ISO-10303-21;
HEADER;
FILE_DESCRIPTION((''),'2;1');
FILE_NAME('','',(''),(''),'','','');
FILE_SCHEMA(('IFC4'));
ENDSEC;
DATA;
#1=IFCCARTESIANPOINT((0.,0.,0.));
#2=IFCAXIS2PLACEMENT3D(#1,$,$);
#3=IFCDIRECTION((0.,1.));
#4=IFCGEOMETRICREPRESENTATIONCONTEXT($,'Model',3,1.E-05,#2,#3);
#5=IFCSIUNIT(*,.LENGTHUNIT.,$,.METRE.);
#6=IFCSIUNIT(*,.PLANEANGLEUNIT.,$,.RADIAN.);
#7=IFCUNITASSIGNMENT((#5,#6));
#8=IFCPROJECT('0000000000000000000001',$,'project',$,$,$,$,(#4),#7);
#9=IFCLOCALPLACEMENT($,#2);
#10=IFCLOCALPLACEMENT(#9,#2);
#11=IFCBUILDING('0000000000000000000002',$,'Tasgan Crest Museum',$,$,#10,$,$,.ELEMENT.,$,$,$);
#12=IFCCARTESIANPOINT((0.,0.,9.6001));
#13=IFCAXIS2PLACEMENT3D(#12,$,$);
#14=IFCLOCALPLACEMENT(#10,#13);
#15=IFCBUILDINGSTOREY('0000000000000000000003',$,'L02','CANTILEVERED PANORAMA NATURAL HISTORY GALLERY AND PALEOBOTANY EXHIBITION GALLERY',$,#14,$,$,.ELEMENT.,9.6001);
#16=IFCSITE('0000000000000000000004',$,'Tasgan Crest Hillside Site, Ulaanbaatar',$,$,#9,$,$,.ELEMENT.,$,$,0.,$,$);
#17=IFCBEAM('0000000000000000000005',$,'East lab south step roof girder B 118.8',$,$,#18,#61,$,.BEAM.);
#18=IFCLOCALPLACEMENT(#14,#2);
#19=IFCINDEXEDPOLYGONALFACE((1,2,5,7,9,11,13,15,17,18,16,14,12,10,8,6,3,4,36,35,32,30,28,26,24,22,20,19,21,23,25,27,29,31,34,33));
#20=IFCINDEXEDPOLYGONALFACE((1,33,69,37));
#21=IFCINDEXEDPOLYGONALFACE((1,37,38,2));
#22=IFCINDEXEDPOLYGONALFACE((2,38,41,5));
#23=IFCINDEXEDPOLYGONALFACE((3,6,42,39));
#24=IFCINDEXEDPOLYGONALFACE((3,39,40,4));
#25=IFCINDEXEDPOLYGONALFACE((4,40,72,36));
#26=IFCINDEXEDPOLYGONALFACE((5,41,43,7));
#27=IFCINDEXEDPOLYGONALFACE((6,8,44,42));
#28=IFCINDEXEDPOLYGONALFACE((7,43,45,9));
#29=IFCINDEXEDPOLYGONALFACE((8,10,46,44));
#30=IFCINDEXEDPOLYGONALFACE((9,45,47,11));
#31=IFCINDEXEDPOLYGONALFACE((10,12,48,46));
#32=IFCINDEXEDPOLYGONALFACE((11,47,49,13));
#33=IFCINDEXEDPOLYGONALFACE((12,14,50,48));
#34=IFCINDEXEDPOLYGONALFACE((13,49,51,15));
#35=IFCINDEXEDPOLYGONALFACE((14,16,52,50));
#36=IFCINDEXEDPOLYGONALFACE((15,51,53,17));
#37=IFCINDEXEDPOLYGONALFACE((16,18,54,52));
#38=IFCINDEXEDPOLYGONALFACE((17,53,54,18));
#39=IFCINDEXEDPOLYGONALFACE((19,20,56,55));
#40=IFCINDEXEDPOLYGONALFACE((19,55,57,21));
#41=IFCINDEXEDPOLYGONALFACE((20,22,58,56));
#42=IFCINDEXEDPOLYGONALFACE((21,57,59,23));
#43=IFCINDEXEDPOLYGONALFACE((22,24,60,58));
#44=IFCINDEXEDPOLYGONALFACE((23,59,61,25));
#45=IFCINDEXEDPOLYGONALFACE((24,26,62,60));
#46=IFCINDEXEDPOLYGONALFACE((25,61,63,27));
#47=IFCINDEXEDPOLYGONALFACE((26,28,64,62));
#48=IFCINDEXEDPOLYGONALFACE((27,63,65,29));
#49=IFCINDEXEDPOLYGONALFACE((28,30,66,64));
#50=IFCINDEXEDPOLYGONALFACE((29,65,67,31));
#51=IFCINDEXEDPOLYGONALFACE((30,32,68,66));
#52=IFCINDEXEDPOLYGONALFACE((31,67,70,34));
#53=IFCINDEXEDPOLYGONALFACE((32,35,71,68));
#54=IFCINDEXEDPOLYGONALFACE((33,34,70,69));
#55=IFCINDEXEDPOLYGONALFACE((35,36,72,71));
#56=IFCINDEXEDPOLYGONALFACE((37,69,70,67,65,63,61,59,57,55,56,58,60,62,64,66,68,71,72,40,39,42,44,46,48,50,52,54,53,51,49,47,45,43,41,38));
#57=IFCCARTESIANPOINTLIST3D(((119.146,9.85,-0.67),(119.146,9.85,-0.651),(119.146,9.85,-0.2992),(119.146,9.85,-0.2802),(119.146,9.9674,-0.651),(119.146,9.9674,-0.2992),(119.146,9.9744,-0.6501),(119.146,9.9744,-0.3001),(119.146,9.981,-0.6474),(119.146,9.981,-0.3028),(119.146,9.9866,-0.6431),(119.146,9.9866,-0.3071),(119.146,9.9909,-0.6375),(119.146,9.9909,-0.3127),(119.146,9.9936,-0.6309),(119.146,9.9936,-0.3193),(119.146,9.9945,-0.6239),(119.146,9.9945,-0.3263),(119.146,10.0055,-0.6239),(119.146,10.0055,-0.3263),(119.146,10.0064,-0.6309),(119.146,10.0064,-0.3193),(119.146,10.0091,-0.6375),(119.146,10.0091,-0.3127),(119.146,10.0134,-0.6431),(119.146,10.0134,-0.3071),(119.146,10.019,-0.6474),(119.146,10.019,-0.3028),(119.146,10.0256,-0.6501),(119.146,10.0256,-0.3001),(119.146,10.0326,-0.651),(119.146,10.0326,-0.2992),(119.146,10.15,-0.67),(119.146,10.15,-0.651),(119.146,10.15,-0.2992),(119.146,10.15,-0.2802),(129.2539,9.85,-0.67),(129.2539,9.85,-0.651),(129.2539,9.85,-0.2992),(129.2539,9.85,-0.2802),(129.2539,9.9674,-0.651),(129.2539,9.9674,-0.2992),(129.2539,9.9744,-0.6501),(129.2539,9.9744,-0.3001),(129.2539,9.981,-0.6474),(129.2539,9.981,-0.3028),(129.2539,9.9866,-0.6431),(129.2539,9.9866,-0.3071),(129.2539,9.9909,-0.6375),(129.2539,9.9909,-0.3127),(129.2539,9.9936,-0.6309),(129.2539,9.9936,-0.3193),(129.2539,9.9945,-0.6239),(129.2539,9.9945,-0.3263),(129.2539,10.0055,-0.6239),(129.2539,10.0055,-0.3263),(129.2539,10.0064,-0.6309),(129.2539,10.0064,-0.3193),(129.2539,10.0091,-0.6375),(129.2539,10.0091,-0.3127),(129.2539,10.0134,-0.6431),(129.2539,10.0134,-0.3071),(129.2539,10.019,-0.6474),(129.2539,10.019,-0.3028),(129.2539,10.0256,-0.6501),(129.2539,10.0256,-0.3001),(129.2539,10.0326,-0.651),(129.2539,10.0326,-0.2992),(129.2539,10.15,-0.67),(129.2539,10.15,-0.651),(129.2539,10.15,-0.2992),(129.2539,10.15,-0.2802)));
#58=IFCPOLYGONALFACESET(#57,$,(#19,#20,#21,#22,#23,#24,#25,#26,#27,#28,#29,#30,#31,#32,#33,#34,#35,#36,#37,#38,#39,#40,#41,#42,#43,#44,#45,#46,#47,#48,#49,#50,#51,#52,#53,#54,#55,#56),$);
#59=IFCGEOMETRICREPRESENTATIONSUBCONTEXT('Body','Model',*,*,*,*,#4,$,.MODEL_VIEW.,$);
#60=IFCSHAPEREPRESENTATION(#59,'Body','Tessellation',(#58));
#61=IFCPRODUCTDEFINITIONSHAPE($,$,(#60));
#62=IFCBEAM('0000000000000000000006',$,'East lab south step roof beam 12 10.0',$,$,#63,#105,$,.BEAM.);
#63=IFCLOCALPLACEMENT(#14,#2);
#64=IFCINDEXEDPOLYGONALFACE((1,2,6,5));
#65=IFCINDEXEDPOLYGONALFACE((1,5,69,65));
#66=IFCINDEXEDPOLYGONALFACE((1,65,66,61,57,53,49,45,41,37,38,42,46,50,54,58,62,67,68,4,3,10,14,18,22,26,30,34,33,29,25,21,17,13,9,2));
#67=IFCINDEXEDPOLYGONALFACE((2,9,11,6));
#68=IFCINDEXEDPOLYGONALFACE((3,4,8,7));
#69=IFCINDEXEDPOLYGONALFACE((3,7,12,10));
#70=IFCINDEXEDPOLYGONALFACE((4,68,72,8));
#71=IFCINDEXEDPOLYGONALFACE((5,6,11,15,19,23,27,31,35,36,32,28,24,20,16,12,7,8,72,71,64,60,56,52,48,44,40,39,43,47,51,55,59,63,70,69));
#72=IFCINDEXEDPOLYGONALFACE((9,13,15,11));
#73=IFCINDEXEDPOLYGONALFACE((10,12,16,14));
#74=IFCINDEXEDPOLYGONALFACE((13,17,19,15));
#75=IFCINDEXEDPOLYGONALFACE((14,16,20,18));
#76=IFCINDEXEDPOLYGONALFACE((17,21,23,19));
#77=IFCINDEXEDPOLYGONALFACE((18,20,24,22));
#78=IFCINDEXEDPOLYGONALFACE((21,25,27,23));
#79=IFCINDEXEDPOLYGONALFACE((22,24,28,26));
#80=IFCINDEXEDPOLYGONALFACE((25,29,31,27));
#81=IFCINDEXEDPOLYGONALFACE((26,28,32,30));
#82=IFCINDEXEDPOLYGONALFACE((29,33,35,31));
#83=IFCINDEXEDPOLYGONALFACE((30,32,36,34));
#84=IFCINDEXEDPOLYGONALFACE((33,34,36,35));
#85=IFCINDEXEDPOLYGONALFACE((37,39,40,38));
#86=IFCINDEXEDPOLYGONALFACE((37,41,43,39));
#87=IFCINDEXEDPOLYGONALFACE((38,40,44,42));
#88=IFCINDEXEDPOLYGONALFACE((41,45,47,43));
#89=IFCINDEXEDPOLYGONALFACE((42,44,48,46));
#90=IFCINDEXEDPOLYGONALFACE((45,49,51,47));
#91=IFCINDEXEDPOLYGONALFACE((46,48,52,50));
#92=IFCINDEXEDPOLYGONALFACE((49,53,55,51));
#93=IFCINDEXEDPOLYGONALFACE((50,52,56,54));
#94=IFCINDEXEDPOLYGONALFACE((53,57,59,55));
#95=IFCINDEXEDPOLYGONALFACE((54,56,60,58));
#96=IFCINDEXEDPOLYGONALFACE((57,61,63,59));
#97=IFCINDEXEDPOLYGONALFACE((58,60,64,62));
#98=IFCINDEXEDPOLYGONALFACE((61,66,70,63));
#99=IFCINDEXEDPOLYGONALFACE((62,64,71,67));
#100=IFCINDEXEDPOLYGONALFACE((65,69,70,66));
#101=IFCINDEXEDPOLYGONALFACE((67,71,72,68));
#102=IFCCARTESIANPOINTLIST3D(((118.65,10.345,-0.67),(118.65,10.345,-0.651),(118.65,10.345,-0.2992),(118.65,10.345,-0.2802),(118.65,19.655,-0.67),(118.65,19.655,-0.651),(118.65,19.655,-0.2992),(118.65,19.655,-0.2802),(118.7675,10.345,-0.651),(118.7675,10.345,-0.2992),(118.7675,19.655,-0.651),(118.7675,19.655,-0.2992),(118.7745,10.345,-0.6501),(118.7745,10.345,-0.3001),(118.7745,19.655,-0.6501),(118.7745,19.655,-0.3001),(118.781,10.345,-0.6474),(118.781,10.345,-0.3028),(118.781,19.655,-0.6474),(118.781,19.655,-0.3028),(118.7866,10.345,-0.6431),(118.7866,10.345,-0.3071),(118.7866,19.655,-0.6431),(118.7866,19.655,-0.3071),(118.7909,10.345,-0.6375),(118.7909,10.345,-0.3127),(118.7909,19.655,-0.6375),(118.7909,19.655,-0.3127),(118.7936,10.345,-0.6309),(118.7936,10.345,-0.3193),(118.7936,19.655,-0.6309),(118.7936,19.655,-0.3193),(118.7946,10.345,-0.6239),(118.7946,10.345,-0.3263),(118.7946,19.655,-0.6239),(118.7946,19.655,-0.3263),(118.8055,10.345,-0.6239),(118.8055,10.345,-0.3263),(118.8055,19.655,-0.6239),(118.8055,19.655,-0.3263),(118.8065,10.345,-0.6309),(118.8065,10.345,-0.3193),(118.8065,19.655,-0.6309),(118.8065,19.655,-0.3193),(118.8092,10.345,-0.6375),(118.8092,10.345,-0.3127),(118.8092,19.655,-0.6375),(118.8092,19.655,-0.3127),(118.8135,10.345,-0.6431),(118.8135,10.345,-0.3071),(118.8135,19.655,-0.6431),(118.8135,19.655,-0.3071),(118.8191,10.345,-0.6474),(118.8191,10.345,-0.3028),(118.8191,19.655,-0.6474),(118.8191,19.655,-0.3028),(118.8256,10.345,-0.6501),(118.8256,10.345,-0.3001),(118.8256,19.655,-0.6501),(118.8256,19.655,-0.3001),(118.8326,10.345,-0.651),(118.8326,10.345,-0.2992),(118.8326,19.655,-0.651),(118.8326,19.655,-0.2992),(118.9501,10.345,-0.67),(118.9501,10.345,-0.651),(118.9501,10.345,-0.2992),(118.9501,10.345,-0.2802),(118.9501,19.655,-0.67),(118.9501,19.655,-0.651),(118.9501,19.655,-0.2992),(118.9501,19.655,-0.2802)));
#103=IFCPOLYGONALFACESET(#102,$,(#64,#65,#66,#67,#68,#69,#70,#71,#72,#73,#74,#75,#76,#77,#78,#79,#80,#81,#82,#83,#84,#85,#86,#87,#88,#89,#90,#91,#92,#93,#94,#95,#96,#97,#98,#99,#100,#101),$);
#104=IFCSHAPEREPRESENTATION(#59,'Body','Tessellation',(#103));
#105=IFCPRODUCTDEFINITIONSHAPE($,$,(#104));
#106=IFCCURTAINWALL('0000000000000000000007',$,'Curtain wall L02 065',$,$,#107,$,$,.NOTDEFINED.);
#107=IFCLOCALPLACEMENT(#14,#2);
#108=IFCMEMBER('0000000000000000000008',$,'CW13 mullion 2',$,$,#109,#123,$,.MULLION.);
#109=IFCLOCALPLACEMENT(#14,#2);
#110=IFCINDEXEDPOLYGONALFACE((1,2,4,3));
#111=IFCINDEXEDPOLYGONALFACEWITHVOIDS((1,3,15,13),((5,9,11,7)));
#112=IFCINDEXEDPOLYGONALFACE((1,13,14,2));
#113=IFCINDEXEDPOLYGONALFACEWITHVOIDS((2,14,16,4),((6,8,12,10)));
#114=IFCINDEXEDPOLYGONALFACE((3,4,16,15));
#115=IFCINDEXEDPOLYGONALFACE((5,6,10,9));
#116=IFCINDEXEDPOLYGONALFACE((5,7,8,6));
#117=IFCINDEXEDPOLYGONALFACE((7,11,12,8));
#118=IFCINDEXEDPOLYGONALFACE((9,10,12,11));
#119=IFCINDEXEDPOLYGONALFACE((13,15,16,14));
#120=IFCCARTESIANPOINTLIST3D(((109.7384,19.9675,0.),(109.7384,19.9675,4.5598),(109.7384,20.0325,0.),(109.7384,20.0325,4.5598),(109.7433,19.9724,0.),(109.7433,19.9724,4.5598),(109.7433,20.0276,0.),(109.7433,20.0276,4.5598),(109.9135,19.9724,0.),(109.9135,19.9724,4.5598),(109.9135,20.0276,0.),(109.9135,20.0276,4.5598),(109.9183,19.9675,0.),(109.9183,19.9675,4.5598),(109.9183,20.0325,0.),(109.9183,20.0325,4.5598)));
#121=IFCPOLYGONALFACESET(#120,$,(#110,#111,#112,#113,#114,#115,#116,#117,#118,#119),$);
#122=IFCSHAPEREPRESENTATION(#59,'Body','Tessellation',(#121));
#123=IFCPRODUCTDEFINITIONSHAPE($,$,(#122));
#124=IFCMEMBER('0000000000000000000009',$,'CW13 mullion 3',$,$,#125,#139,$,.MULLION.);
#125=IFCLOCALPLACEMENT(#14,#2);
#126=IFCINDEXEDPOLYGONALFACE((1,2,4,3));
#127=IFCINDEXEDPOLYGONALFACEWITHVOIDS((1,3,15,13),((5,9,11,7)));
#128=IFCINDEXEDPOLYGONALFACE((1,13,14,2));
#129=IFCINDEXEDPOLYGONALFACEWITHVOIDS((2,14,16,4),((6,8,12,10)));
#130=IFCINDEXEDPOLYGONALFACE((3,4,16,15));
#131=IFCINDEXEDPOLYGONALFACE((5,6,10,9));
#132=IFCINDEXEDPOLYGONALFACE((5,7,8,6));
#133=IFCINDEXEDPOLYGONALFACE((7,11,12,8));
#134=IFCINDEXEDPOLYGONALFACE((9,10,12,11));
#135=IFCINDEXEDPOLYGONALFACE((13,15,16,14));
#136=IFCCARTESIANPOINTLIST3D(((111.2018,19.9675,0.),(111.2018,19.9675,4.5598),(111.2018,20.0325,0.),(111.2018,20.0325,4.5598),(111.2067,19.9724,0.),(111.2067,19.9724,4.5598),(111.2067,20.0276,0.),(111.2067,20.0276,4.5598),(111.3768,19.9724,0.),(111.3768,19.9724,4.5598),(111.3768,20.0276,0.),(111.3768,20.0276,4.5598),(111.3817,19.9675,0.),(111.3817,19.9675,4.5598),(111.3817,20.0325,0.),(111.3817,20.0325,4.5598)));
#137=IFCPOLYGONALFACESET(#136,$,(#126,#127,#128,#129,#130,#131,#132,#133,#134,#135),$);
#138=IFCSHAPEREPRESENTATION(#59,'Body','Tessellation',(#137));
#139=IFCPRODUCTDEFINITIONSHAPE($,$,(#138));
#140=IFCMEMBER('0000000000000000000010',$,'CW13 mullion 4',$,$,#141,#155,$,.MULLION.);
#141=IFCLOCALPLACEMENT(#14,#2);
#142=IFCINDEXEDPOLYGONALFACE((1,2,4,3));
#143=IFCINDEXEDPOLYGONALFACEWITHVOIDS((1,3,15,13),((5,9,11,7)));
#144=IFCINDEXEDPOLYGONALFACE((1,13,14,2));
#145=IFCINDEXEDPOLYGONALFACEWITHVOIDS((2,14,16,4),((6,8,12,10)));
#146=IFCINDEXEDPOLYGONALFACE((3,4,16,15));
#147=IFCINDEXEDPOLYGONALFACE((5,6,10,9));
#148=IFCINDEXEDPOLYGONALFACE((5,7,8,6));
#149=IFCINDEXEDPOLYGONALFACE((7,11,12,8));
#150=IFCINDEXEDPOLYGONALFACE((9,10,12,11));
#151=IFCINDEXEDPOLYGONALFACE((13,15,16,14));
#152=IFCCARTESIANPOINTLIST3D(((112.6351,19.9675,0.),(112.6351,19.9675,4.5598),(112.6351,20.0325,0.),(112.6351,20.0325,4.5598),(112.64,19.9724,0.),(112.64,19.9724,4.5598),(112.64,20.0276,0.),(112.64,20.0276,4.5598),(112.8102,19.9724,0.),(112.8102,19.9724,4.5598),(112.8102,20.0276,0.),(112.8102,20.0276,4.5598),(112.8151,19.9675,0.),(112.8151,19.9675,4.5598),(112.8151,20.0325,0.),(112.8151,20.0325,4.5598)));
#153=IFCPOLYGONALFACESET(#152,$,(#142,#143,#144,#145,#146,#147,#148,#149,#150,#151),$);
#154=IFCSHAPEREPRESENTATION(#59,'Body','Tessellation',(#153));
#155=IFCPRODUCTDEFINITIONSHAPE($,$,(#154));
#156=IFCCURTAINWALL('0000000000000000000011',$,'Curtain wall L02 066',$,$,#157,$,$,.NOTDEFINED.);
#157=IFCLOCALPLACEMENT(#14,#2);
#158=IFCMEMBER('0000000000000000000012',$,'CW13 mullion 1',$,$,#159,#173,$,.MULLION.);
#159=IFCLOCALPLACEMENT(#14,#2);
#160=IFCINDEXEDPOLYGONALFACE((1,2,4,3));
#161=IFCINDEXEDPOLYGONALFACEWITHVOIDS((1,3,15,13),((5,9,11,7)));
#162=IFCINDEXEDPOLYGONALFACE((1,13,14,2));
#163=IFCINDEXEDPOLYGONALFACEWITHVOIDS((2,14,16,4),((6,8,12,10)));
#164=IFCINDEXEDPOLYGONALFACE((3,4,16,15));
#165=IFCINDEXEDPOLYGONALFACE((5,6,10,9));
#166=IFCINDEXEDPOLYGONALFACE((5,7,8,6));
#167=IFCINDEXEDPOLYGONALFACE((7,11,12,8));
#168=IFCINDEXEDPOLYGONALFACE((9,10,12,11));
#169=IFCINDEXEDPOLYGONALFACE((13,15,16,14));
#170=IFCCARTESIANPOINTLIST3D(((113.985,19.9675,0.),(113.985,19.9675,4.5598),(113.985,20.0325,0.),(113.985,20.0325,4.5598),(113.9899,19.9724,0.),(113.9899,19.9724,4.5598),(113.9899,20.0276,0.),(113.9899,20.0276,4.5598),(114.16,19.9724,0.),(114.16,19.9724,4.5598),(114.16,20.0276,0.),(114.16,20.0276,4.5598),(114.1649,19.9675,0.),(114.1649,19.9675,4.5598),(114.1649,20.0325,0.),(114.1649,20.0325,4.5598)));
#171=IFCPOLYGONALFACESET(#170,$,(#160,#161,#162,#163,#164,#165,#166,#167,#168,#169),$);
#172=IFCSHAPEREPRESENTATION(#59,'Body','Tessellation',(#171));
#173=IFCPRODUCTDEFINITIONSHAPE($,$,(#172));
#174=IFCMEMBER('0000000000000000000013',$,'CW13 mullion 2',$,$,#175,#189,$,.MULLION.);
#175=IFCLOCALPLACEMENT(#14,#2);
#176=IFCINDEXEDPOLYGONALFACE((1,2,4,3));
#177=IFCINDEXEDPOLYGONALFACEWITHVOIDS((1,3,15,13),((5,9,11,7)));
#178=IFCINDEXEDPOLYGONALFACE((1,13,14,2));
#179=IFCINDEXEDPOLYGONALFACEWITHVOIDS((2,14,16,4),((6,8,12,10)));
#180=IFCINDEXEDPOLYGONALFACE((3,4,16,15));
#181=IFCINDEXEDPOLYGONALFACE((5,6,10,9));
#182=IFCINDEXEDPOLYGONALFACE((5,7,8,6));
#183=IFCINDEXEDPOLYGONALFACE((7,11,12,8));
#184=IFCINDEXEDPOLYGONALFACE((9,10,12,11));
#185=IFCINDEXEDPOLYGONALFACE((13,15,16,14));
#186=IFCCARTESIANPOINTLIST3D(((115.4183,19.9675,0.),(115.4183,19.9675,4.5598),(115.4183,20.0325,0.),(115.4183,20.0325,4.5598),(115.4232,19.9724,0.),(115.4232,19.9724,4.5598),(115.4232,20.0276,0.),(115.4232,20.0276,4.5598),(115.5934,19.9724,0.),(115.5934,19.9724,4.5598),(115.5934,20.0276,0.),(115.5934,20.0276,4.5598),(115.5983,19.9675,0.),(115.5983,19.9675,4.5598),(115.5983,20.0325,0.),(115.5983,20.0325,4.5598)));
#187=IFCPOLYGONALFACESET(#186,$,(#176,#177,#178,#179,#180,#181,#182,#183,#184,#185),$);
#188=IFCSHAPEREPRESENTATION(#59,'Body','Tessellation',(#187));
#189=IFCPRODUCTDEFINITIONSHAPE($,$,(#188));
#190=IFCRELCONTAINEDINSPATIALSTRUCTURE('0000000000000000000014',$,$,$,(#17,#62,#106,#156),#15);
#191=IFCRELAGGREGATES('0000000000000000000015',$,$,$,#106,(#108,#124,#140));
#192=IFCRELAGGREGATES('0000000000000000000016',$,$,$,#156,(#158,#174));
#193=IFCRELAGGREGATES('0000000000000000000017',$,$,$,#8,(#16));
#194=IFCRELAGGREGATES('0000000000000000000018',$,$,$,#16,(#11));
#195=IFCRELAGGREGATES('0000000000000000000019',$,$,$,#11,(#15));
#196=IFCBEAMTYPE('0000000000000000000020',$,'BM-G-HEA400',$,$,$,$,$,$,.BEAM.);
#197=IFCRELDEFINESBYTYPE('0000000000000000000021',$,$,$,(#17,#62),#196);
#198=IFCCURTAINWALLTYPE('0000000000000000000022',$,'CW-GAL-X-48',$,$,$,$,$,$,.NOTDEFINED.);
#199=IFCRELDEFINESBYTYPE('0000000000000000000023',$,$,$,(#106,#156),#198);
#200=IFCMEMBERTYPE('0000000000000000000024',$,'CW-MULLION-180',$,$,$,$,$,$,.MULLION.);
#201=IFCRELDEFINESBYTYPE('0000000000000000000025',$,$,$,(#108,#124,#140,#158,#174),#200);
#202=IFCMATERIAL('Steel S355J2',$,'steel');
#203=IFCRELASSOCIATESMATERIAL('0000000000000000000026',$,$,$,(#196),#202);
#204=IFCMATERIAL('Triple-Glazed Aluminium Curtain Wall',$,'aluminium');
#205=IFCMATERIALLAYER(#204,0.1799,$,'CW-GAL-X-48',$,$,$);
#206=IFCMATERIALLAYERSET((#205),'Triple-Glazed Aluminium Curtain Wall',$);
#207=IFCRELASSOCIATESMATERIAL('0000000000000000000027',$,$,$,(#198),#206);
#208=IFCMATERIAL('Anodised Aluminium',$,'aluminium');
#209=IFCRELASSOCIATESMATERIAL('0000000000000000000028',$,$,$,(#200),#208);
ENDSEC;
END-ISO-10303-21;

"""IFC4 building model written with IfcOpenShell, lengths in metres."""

from ifc_helpers import new_model, si_unit, direction, frame, origin, origin_2d, place, context, subcontext, project, spatial, hollow_rectangle, i_section, extrude, material, layer, layer_set, material_profile, profile_set, type_object, element, aggregate, save


model = new_model("IFC4")

# Units and contexts
model_context = context("Model", 3, precision=1e-05, world=origin(), true_north=direction((0.0, 1.0)))
body_context = subcontext(model_context, "Body", "Model", "MODEL_VIEW")
ifc_project = project(units=[si_unit("LENGTHUNIT", "METRE"), si_unit("PLANEANGLEUNIT", "RADIAN")], contexts=[model_context])

# Site, building, storey
site_placement = place(None, origin())
site = spatial("IfcSite", under=ifc_project, at=site_placement, Name="Tasgan Crest Hillside Site, Ulaanbaatar", CompositionType="ELEMENT", RefElevation=0.0)
building_placement = place(site_placement, origin())
building = spatial("IfcBuilding", under=site, at=building_placement, Name="Tasgan Crest Museum", CompositionType="ELEMENT")
storey_placement = place(building_placement, frame((0.0, 0.0, 9.6001)))
storey = spatial("IfcBuildingStorey", under=building, at=storey_placement, Name="L02", Description="CANTILEVERED PANORAMA NATURAL HISTORY GALLERY AND PALEOBOTANY EXHIBITION GALLERY", CompositionType="ELEMENT", Elevation=9.6001)

# Beams
ifc_material_1 = material(Name="Steel S355J2", Category="steel")
ifc_material_profile_1 = material_profile(ifc_material_1, i_section(OverallWidth=0.3, OverallDepth=0.3899, WebThickness=0.011, FlangeThickness=0.019, FilletRadius=0.0271, at=origin_2d()), Name="HEA 400")
ifc_profile_set_1 = profile_set([ifc_material_profile_1], Name="Steel S355J2")
beam_type = type_object("IfcBeamType", Name="BM-G-HEA400", PredefinedType="BEAM", material=ifc_profile_set_1)
beam_1_placement = place(storey_placement, frame((119.146, 10.0, -0.4751), z_axis=(1.0, 0.0, 0.0), x_axis=(0.0, 1.0, 0.0)))
element("IfcBeam", 1, at=beam_1_placement, inside=storey, type_object=beam_type, Name="East lab south step roof girder B 118.8", PredefinedType="BEAM", context=body_context, shape_type="SweptSolid", body=[
    extrude(i_section(OverallWidth=0.3, OverallDepth=0.3899, WebThickness=0.011, FlangeThickness=0.019, FilletRadius=0.0271, at=origin_2d()), origin(), (0.0, 0.0, 1.0), 10.1079),
])
beam_2_placement = place(storey_placement, frame((118.8, 10.345, -0.4751), z_axis=(0.0, 1.0, 0.0), x_axis=(-1.0, 0.0, 0.0)))
element("IfcBeam", 2, at=beam_2_placement, inside=storey, type_object=beam_type, Name="East lab south step roof beam 12 10.0", PredefinedType="BEAM", context=body_context, shape_type="SweptSolid", body=[
    extrude(i_section(OverallWidth=0.3, OverallDepth=0.3899, WebThickness=0.011, FlangeThickness=0.019, FilletRadius=0.0271, at=origin_2d()), origin(), (0.0, 0.0, 1.0), 9.3101),
])

# Curtain walls, members
ifc_material_2 = material(Name="Triple-Glazed Aluminium Curtain Wall", Category="aluminium")
ifc_layer_1 = layer(ifc_material_2, 0.1799, Name="CW-GAL-X-48")
ifc_layer_set_1 = layer_set([ifc_layer_1], Name="Triple-Glazed Aluminium Curtain Wall")
curtain_wall_type = type_object("IfcCurtainWallType", Name="CW-GAL-X-48", PredefinedType="NOTDEFINED", material=ifc_layer_set_1)
curtain_wall_1_placement = place(storey_placement, origin())
curtain_wall_1 = element("IfcCurtainWall", 3, at=curtain_wall_1_placement, inside=storey, type_object=curtain_wall_type, Name="Curtain wall L02 065", PredefinedType="NOTDEFINED")
ifc_material_3 = material(Name="Anodised Aluminium", Category="aluminium")
ifc_material_profile_2 = material_profile(ifc_material_3, hollow_rectangle(XDim=0.0649, YDim=0.1799, WallThickness=0.0049, at=origin_2d()), Name="ALU MULLION 180x65x5")
ifc_profile_set_2 = profile_set([ifc_material_profile_2], Name="Anodised Aluminium")
member_type_1 = type_object("IfcMemberType", Name="CW-MULLION-180", PredefinedType="MULLION", material=ifc_profile_set_2)
member_1_placement = place(storey_placement, frame((109.8284, 20.0, 0.0), z_axis=(0.0, 0.0, 1.0), x_axis=(0.0, 1.0, 0.0)))
member_1 = element("IfcMember", 4, at=member_1_placement, type_object=member_type_1, Name="CW13 mullion 2", PredefinedType="MULLION", context=body_context, shape_type="SweptSolid", body=[
    extrude(hollow_rectangle(XDim=0.0649, YDim=0.1799, WallThickness=0.0049, at=origin_2d()), origin(), (0.0, 0.0, 1.0), 4.5598),
])
member_2_placement = place(storey_placement, frame((111.2917, 20.0, 0.0), z_axis=(0.0, 0.0, 1.0), x_axis=(0.0, 1.0, 0.0)))
member_2 = element("IfcMember", 5, at=member_2_placement, type_object=member_type_1, Name="CW13 mullion 3", PredefinedType="MULLION", context=body_context, shape_type="SweptSolid", body=[
    extrude(hollow_rectangle(XDim=0.0649, YDim=0.1799, WallThickness=0.0049, at=origin_2d()), origin(), (0.0, 0.0, 1.0), 4.5598),
])
member_3_placement = place(storey_placement, frame((112.7251, 20.0, 0.0), z_axis=(0.0, 0.0, 1.0), x_axis=(0.0, 1.0, 0.0)))
member_3 = element("IfcMember", 6, at=member_3_placement, type_object=member_type_1, Name="CW13 mullion 4", PredefinedType="MULLION", context=body_context, shape_type="SweptSolid", body=[
    extrude(hollow_rectangle(XDim=0.0649, YDim=0.1799, WallThickness=0.0049, at=origin_2d()), origin(), (0.0, 0.0, 1.0), 4.5598),
])
curtain_wall_2_placement = place(storey_placement, origin())
curtain_wall_2 = element("IfcCurtainWall", 7, at=curtain_wall_2_placement, inside=storey, type_object=curtain_wall_type, Name="Curtain wall L02 066", PredefinedType="NOTDEFINED")
member_4_placement = place(storey_placement, frame((114.075, 20.0, 0.0), z_axis=(0.0, 0.0, 1.0), x_axis=(0.0, 1.0, 0.0)))
member_4 = element("IfcMember", 8, at=member_4_placement, type_object=member_type_1, Name="CW13 mullion 1", PredefinedType="MULLION", context=body_context, shape_type="SweptSolid", body=[
    extrude(hollow_rectangle(XDim=0.0649, YDim=0.1799, WallThickness=0.0049, at=origin_2d()), origin(), (0.0, 0.0, 1.0), 4.5598),
])
member_5_placement = place(storey_placement, frame((115.5083, 20.0, 0.0), z_axis=(0.0, 0.0, 1.0), x_axis=(0.0, 1.0, 0.0)))
member_5 = element("IfcMember", 9, at=member_5_placement, type_object=member_type_1, Name="CW13 mullion 2", PredefinedType="MULLION", context=body_context, shape_type="SweptSolid", body=[
    extrude(hollow_rectangle(XDim=0.0649, YDim=0.1799, WallThickness=0.0049, at=origin_2d()), origin(), (0.0, 0.0, 1.0), 4.5598),
])

aggregate(curtain_wall_1, [member_1, member_2, member_3])
aggregate(curtain_wall_2, [member_4, member_5])

save(model, "model.ifc")
